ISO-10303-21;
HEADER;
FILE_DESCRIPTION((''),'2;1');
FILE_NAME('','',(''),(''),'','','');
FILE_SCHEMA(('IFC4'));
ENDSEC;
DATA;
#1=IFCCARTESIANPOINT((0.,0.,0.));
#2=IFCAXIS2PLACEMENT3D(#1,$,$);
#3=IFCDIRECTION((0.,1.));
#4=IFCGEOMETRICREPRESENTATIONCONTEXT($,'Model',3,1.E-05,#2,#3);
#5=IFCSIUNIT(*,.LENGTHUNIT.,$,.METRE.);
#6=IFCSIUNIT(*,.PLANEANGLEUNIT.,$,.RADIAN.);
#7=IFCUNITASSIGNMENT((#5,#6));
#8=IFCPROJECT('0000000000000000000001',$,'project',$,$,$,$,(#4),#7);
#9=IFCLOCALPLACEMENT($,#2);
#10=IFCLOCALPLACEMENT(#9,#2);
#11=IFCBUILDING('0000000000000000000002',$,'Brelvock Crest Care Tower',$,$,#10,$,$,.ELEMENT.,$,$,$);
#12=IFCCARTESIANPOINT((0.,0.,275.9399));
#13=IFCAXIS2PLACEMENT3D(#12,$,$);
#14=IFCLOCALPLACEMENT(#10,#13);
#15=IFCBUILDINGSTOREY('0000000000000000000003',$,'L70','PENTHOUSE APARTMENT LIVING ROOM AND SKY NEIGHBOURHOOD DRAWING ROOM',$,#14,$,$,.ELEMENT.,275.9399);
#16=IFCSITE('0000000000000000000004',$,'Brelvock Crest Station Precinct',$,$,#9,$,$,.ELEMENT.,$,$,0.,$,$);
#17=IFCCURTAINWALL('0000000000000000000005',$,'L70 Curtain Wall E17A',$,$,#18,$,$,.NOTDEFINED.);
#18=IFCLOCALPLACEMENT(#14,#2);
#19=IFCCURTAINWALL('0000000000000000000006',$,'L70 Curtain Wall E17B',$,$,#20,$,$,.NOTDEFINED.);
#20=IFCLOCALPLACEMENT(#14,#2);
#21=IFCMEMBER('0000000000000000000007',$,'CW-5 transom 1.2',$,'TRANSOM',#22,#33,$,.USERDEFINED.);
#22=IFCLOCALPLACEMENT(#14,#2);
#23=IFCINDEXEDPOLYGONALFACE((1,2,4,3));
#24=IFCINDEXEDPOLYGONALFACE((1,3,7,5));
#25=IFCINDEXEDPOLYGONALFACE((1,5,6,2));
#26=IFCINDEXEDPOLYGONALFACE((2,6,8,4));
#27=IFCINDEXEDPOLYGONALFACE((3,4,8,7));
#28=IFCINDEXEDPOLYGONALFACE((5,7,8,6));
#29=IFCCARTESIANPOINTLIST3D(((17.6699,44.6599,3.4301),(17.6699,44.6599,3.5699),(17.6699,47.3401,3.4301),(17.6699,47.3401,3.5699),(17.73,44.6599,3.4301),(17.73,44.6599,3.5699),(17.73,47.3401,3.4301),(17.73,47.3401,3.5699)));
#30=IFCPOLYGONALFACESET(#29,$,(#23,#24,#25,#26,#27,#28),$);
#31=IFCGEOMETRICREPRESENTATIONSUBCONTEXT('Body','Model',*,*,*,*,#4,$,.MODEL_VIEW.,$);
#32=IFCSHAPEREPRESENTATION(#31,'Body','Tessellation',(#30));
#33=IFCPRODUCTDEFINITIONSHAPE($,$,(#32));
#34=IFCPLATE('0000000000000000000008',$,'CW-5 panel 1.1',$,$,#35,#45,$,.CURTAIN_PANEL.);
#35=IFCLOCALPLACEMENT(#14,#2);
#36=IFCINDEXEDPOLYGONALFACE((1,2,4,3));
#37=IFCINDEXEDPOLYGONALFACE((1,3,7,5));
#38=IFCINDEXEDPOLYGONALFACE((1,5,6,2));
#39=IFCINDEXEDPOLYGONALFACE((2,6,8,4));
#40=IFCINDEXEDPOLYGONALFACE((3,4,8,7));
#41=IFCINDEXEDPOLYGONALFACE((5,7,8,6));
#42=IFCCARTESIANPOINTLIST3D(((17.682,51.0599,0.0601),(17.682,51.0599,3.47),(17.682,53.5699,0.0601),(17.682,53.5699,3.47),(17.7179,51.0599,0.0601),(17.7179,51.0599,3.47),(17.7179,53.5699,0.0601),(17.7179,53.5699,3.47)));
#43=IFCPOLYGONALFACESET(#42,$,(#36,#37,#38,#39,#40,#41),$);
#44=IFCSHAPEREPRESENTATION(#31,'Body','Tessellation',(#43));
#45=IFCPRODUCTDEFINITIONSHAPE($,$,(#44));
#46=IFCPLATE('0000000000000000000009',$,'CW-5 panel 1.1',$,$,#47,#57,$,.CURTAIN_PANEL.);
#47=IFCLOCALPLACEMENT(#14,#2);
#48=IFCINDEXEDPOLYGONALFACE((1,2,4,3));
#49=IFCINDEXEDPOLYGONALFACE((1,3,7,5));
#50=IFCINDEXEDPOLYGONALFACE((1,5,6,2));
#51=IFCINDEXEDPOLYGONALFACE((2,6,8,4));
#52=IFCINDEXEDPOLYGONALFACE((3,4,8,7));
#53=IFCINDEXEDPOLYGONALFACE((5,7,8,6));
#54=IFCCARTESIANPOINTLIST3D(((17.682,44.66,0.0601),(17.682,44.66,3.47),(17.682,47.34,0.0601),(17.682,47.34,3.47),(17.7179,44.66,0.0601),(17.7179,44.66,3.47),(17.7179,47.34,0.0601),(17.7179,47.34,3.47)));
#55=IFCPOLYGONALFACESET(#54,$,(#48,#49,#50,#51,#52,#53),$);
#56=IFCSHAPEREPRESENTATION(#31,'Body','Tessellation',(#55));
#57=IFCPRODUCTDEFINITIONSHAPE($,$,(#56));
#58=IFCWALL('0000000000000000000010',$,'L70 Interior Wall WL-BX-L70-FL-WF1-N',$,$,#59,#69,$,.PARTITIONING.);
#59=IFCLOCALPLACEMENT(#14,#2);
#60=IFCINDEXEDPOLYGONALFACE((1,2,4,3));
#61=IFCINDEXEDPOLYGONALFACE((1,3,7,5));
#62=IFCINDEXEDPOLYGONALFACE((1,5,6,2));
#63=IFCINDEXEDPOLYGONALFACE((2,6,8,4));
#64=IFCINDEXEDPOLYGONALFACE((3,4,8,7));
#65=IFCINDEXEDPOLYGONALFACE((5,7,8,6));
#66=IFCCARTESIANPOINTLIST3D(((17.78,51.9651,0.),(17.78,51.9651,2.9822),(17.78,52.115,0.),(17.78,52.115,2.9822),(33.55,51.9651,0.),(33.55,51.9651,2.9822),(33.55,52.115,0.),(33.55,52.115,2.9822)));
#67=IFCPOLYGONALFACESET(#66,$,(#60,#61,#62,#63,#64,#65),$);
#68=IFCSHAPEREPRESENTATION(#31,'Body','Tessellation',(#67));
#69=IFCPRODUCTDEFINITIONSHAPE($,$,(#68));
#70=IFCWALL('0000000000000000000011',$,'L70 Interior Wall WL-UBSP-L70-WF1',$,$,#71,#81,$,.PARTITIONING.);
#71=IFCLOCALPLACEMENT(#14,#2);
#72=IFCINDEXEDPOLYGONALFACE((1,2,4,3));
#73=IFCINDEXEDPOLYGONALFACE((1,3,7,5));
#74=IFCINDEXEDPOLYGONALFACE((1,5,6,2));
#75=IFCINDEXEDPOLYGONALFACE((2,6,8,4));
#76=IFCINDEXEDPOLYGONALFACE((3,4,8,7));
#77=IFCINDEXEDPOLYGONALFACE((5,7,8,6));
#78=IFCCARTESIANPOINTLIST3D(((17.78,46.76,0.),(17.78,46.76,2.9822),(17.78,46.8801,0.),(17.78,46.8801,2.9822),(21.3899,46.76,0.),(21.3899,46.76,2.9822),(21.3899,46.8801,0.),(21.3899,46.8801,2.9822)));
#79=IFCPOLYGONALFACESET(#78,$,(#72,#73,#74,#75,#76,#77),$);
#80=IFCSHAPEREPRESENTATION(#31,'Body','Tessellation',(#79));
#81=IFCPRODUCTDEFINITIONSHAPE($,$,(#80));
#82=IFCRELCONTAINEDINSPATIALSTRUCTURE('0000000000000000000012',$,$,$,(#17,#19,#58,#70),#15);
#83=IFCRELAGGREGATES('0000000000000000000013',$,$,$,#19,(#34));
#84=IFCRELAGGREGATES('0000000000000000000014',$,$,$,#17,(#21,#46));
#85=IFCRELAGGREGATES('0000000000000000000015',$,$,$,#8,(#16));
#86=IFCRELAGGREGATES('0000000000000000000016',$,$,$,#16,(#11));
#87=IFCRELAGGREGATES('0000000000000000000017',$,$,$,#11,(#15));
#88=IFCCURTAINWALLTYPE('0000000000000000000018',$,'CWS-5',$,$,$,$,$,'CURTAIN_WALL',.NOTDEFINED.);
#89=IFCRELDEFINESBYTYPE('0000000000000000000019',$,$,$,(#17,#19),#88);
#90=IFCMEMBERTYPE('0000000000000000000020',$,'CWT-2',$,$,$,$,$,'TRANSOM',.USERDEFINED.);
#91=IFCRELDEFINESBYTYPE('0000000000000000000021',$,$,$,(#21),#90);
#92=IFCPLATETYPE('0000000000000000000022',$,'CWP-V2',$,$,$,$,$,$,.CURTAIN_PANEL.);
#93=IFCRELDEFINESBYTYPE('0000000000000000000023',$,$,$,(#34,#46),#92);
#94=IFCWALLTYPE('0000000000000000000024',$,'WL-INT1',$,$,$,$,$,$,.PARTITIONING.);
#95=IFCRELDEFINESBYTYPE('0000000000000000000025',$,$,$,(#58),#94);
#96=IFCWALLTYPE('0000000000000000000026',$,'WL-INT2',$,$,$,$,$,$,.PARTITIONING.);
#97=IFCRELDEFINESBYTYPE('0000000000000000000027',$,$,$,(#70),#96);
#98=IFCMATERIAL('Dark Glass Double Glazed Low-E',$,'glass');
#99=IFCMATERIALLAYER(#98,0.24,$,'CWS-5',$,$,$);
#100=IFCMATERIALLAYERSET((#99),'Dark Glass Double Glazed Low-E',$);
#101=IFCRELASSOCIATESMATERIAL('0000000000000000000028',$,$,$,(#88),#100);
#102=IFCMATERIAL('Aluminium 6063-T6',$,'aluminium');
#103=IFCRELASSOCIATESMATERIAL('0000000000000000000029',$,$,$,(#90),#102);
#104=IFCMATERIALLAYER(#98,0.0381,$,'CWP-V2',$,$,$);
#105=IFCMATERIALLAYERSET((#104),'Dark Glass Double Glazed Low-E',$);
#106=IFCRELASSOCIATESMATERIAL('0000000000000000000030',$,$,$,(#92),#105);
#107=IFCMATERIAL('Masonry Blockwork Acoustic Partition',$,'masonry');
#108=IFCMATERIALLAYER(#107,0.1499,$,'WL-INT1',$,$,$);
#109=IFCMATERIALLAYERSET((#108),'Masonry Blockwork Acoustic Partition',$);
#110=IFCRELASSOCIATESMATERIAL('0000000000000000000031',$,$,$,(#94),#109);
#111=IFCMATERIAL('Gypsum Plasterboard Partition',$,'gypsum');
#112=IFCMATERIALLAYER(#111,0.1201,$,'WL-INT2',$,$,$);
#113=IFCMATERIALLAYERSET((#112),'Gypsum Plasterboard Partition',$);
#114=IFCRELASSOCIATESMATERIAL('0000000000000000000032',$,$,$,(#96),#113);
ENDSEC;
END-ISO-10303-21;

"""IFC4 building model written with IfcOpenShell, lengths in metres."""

from ifc_helpers import new_model, si_unit, direction, frame, frame_2d, origin, origin_2d, place, context, subcontext, project, spatial, rectangle, extrude, source, transform, mapped, material, layer, layer_set, material_profile, profile_set, type_object, element, aggregate, save


model = new_model("IFC4")

# Units and contexts
model_context = context("Model", 3, precision=1e-05, world=origin(), true_north=direction((0.0, 1.0)))
body_context = subcontext(model_context, "Body", "Model", "MODEL_VIEW")
ifc_project = project(units=[si_unit("LENGTHUNIT", "METRE"), si_unit("PLANEANGLEUNIT", "RADIAN")], contexts=[model_context])

# Site, building, storey
site_placement = place(None, origin())
site = spatial("IfcSite", under=ifc_project, at=site_placement, Name="Brelvock Crest Station Precinct", CompositionType="ELEMENT", RefElevation=0.0)
building_placement = place(site_placement, origin())
building = spatial("IfcBuilding", under=site, at=building_placement, Name="Brelvock Crest Care Tower", CompositionType="ELEMENT")
storey_placement = place(building_placement, frame((0.0, 0.0, 275.9399)))
storey = spatial("IfcBuildingStorey", under=building, at=storey_placement, Name="L70", Description="PENTHOUSE APARTMENT LIVING ROOM AND SKY NEIGHBOURHOOD DRAWING ROOM", CompositionType="ELEMENT", Elevation=275.9399)

# Curtain walls
ifc_material_1 = material(Name="Dark Glass Double Glazed Low-E", Category="glass")
ifc_layer_1 = layer(ifc_material_1, 0.24, Name="CWS-5")
ifc_layer_set_1 = layer_set([ifc_layer_1], Name="Dark Glass Double Glazed Low-E")
curtain_wall_type = type_object("IfcCurtainWallType", Name="CWS-5", ElementType="CURTAIN_WALL", PredefinedType="NOTDEFINED", material=ifc_layer_set_1)
curtain_wall_1_placement = place(storey_placement, origin())
curtain_wall_1 = element("IfcCurtainWall", 1, at=curtain_wall_1_placement, inside=storey, type_object=curtain_wall_type, Name="L70 Curtain Wall E17A", PredefinedType="NOTDEFINED")
ifc_material_2 = material(Name="Aluminium 6063-T6", Category="aluminium")
curtain_wall_2_placement = place(storey_placement, origin())
curtain_wall_2 = element("IfcCurtainWall", 2, at=curtain_wall_2_placement, inside=storey, type_object=curtain_wall_type, Name="L70 Curtain Wall E17B", PredefinedType="NOTDEFINED")
ifc_material_profile_1 = material_profile(ifc_material_2, rectangle(XDim=0.0601, YDim=0.1399, at=origin_2d()), Name="ALU60x140")
ifc_profile_set_1 = profile_set([ifc_material_profile_1], Name="Aluminium 6063-T6")
member_type_1 = type_object("IfcMemberType", Name="CWT-2", ElementType="TRANSOM", PredefinedType="USERDEFINED", material=ifc_profile_set_1)

# Member
shared_shape_1 = source(origin(), body_context, "Body", "SweptSolid", [
    extrude(rectangle(XDim=0.0601, YDim=0.1399, at=origin_2d()), origin(), (0.0, 0.0, 1.0), 2.6802),
])
member_1_placement = place(storey_placement, frame((17.7, 44.6599, 3.5), z_axis=(0.0, 1.0, 0.0), x_axis=(-1.0, 0.0, 0.0)))
member_1 = element("IfcMember", 3, at=member_1_placement, type_object=member_type_1, Name="CW-5 transom 1.2", ObjectType="TRANSOM", PredefinedType="USERDEFINED", context=body_context, shape_type="MappedRepresentation", body=[
    mapped(shared_shape_1, transform((0.0, 0.0, 0.0), x_axis=(1.0, 0.0, 0.0), y_axis=(0.0, 1.0, 0.0), z_axis=(0.0, 0.0, 1.0), scale=1.0)),
])

# Plates
ifc_layer_2 = layer(ifc_material_1, 0.0381, Name="CWP-V2")
ifc_layer_set_2 = layer_set([ifc_layer_2], Name="Dark Glass Double Glazed Low-E")
plate_type = type_object("IfcPlateType", Name="CWP-V2", PredefinedType="CURTAIN_PANEL", material=ifc_layer_set_2)
shared_shape_2 = source(origin(), body_context, "Body", "SweptSolid", [
    extrude(rectangle(XDim=2.51, YDim=0.0359, at=origin_2d()), origin(), (0.0, 0.0, 1.0), 3.4099),
])
plate_1_placement = place(storey_placement, frame((17.7, 52.3149, 0.0601), z_axis=(0.0, 0.0, 1.0), x_axis=(0.0, 1.0, 0.0)))
plate_1 = element("IfcPlate", 4, at=plate_1_placement, type_object=plate_type, Name="CW-5 panel 1.1", PredefinedType="CURTAIN_PANEL", context=body_context, shape_type="MappedRepresentation", body=[
    mapped(shared_shape_2, transform((0.0, 0.0, 0.0), x_axis=(1.0, 0.0, 0.0), y_axis=(0.0, 1.0, 0.0), z_axis=(0.0, 0.0, 1.0), scale=1.0)),
])
aggregate(curtain_wall_2, [plate_1])
shared_shape_3 = source(origin(), body_context, "Body", "SweptSolid", [
    extrude(rectangle(XDim=2.6799, YDim=0.0359, at=origin_2d()), origin(), (0.0, 0.0, 1.0), 3.4099),
])
plate_2_placement = place(storey_placement, frame((17.7, 46.0, 0.0601), z_axis=(0.0, 0.0, 1.0), x_axis=(0.0, 1.0, 0.0)))
plate_2 = element("IfcPlate", 5, at=plate_2_placement, type_object=plate_type, Name="CW-5 panel 1.1", PredefinedType="CURTAIN_PANEL", context=body_context, shape_type="MappedRepresentation", body=[
    mapped(shared_shape_3, transform((0.0, 0.0, 0.0), x_axis=(1.0, 0.0, 0.0), y_axis=(0.0, 1.0, 0.0), z_axis=(0.0, 0.0, 1.0), scale=1.0)),
])
aggregate(curtain_wall_1, [member_1, plate_2])

# Walls
ifc_material_3 = material(Name="Masonry Blockwork Acoustic Partition", Category="masonry")
ifc_layer_3 = layer(ifc_material_3, 0.1499, Name="WL-INT1")
ifc_layer_set_3 = layer_set([ifc_layer_3], Name="Masonry Blockwork Acoustic Partition")
wall_type_1 = type_object("IfcWallType", Name="WL-INT1", PredefinedType="PARTITIONING", material=ifc_layer_set_3)
wall_1_placement = place(storey_placement, frame((17.78, 52.04, 0.0), z_axis=(0.0, 0.0, 1.0), x_axis=(1.0, 0.0, 0.0)))
element("IfcWall", 6, at=wall_1_placement, inside=storey, type_object=wall_type_1, Name="L70 Interior Wall WL-BX-L70-FL-WF1-N", PredefinedType="PARTITIONING", context=body_context, shape_type="SweptSolid", body=[
    extrude(rectangle(XDim=15.77, YDim=0.1499, at=frame_2d((7.885, 0.0))), origin(), (0.0, 0.0, 1.0), 2.9822),
])
ifc_material_4 = material(Name="Gypsum Plasterboard Partition", Category="gypsum")
ifc_layer_4 = layer(ifc_material_4, 0.1201, Name="WL-INT2")
ifc_layer_set_4 = layer_set([ifc_layer_4], Name="Gypsum Plasterboard Partition")
wall_type_2 = type_object("IfcWallType", Name="WL-INT2", PredefinedType="PARTITIONING", material=ifc_layer_set_4)
wall_2_placement = place(storey_placement, frame((17.78, 46.8201, 0.0), z_axis=(0.0, 0.0, 1.0), x_axis=(1.0, 0.0, 0.0)))
element("IfcWall", 7, at=wall_2_placement, inside=storey, type_object=wall_type_2, Name="L70 Interior Wall WL-UBSP-L70-WF1", PredefinedType="PARTITIONING", context=body_context, shape_type="SweptSolid", body=[
    extrude(rectangle(XDim=3.6099, YDim=0.1201, at=frame_2d((1.8049, 0.0))), origin(), (0.0, 0.0, 1.0), 2.9822),
])

save(model, "model.ifc")
